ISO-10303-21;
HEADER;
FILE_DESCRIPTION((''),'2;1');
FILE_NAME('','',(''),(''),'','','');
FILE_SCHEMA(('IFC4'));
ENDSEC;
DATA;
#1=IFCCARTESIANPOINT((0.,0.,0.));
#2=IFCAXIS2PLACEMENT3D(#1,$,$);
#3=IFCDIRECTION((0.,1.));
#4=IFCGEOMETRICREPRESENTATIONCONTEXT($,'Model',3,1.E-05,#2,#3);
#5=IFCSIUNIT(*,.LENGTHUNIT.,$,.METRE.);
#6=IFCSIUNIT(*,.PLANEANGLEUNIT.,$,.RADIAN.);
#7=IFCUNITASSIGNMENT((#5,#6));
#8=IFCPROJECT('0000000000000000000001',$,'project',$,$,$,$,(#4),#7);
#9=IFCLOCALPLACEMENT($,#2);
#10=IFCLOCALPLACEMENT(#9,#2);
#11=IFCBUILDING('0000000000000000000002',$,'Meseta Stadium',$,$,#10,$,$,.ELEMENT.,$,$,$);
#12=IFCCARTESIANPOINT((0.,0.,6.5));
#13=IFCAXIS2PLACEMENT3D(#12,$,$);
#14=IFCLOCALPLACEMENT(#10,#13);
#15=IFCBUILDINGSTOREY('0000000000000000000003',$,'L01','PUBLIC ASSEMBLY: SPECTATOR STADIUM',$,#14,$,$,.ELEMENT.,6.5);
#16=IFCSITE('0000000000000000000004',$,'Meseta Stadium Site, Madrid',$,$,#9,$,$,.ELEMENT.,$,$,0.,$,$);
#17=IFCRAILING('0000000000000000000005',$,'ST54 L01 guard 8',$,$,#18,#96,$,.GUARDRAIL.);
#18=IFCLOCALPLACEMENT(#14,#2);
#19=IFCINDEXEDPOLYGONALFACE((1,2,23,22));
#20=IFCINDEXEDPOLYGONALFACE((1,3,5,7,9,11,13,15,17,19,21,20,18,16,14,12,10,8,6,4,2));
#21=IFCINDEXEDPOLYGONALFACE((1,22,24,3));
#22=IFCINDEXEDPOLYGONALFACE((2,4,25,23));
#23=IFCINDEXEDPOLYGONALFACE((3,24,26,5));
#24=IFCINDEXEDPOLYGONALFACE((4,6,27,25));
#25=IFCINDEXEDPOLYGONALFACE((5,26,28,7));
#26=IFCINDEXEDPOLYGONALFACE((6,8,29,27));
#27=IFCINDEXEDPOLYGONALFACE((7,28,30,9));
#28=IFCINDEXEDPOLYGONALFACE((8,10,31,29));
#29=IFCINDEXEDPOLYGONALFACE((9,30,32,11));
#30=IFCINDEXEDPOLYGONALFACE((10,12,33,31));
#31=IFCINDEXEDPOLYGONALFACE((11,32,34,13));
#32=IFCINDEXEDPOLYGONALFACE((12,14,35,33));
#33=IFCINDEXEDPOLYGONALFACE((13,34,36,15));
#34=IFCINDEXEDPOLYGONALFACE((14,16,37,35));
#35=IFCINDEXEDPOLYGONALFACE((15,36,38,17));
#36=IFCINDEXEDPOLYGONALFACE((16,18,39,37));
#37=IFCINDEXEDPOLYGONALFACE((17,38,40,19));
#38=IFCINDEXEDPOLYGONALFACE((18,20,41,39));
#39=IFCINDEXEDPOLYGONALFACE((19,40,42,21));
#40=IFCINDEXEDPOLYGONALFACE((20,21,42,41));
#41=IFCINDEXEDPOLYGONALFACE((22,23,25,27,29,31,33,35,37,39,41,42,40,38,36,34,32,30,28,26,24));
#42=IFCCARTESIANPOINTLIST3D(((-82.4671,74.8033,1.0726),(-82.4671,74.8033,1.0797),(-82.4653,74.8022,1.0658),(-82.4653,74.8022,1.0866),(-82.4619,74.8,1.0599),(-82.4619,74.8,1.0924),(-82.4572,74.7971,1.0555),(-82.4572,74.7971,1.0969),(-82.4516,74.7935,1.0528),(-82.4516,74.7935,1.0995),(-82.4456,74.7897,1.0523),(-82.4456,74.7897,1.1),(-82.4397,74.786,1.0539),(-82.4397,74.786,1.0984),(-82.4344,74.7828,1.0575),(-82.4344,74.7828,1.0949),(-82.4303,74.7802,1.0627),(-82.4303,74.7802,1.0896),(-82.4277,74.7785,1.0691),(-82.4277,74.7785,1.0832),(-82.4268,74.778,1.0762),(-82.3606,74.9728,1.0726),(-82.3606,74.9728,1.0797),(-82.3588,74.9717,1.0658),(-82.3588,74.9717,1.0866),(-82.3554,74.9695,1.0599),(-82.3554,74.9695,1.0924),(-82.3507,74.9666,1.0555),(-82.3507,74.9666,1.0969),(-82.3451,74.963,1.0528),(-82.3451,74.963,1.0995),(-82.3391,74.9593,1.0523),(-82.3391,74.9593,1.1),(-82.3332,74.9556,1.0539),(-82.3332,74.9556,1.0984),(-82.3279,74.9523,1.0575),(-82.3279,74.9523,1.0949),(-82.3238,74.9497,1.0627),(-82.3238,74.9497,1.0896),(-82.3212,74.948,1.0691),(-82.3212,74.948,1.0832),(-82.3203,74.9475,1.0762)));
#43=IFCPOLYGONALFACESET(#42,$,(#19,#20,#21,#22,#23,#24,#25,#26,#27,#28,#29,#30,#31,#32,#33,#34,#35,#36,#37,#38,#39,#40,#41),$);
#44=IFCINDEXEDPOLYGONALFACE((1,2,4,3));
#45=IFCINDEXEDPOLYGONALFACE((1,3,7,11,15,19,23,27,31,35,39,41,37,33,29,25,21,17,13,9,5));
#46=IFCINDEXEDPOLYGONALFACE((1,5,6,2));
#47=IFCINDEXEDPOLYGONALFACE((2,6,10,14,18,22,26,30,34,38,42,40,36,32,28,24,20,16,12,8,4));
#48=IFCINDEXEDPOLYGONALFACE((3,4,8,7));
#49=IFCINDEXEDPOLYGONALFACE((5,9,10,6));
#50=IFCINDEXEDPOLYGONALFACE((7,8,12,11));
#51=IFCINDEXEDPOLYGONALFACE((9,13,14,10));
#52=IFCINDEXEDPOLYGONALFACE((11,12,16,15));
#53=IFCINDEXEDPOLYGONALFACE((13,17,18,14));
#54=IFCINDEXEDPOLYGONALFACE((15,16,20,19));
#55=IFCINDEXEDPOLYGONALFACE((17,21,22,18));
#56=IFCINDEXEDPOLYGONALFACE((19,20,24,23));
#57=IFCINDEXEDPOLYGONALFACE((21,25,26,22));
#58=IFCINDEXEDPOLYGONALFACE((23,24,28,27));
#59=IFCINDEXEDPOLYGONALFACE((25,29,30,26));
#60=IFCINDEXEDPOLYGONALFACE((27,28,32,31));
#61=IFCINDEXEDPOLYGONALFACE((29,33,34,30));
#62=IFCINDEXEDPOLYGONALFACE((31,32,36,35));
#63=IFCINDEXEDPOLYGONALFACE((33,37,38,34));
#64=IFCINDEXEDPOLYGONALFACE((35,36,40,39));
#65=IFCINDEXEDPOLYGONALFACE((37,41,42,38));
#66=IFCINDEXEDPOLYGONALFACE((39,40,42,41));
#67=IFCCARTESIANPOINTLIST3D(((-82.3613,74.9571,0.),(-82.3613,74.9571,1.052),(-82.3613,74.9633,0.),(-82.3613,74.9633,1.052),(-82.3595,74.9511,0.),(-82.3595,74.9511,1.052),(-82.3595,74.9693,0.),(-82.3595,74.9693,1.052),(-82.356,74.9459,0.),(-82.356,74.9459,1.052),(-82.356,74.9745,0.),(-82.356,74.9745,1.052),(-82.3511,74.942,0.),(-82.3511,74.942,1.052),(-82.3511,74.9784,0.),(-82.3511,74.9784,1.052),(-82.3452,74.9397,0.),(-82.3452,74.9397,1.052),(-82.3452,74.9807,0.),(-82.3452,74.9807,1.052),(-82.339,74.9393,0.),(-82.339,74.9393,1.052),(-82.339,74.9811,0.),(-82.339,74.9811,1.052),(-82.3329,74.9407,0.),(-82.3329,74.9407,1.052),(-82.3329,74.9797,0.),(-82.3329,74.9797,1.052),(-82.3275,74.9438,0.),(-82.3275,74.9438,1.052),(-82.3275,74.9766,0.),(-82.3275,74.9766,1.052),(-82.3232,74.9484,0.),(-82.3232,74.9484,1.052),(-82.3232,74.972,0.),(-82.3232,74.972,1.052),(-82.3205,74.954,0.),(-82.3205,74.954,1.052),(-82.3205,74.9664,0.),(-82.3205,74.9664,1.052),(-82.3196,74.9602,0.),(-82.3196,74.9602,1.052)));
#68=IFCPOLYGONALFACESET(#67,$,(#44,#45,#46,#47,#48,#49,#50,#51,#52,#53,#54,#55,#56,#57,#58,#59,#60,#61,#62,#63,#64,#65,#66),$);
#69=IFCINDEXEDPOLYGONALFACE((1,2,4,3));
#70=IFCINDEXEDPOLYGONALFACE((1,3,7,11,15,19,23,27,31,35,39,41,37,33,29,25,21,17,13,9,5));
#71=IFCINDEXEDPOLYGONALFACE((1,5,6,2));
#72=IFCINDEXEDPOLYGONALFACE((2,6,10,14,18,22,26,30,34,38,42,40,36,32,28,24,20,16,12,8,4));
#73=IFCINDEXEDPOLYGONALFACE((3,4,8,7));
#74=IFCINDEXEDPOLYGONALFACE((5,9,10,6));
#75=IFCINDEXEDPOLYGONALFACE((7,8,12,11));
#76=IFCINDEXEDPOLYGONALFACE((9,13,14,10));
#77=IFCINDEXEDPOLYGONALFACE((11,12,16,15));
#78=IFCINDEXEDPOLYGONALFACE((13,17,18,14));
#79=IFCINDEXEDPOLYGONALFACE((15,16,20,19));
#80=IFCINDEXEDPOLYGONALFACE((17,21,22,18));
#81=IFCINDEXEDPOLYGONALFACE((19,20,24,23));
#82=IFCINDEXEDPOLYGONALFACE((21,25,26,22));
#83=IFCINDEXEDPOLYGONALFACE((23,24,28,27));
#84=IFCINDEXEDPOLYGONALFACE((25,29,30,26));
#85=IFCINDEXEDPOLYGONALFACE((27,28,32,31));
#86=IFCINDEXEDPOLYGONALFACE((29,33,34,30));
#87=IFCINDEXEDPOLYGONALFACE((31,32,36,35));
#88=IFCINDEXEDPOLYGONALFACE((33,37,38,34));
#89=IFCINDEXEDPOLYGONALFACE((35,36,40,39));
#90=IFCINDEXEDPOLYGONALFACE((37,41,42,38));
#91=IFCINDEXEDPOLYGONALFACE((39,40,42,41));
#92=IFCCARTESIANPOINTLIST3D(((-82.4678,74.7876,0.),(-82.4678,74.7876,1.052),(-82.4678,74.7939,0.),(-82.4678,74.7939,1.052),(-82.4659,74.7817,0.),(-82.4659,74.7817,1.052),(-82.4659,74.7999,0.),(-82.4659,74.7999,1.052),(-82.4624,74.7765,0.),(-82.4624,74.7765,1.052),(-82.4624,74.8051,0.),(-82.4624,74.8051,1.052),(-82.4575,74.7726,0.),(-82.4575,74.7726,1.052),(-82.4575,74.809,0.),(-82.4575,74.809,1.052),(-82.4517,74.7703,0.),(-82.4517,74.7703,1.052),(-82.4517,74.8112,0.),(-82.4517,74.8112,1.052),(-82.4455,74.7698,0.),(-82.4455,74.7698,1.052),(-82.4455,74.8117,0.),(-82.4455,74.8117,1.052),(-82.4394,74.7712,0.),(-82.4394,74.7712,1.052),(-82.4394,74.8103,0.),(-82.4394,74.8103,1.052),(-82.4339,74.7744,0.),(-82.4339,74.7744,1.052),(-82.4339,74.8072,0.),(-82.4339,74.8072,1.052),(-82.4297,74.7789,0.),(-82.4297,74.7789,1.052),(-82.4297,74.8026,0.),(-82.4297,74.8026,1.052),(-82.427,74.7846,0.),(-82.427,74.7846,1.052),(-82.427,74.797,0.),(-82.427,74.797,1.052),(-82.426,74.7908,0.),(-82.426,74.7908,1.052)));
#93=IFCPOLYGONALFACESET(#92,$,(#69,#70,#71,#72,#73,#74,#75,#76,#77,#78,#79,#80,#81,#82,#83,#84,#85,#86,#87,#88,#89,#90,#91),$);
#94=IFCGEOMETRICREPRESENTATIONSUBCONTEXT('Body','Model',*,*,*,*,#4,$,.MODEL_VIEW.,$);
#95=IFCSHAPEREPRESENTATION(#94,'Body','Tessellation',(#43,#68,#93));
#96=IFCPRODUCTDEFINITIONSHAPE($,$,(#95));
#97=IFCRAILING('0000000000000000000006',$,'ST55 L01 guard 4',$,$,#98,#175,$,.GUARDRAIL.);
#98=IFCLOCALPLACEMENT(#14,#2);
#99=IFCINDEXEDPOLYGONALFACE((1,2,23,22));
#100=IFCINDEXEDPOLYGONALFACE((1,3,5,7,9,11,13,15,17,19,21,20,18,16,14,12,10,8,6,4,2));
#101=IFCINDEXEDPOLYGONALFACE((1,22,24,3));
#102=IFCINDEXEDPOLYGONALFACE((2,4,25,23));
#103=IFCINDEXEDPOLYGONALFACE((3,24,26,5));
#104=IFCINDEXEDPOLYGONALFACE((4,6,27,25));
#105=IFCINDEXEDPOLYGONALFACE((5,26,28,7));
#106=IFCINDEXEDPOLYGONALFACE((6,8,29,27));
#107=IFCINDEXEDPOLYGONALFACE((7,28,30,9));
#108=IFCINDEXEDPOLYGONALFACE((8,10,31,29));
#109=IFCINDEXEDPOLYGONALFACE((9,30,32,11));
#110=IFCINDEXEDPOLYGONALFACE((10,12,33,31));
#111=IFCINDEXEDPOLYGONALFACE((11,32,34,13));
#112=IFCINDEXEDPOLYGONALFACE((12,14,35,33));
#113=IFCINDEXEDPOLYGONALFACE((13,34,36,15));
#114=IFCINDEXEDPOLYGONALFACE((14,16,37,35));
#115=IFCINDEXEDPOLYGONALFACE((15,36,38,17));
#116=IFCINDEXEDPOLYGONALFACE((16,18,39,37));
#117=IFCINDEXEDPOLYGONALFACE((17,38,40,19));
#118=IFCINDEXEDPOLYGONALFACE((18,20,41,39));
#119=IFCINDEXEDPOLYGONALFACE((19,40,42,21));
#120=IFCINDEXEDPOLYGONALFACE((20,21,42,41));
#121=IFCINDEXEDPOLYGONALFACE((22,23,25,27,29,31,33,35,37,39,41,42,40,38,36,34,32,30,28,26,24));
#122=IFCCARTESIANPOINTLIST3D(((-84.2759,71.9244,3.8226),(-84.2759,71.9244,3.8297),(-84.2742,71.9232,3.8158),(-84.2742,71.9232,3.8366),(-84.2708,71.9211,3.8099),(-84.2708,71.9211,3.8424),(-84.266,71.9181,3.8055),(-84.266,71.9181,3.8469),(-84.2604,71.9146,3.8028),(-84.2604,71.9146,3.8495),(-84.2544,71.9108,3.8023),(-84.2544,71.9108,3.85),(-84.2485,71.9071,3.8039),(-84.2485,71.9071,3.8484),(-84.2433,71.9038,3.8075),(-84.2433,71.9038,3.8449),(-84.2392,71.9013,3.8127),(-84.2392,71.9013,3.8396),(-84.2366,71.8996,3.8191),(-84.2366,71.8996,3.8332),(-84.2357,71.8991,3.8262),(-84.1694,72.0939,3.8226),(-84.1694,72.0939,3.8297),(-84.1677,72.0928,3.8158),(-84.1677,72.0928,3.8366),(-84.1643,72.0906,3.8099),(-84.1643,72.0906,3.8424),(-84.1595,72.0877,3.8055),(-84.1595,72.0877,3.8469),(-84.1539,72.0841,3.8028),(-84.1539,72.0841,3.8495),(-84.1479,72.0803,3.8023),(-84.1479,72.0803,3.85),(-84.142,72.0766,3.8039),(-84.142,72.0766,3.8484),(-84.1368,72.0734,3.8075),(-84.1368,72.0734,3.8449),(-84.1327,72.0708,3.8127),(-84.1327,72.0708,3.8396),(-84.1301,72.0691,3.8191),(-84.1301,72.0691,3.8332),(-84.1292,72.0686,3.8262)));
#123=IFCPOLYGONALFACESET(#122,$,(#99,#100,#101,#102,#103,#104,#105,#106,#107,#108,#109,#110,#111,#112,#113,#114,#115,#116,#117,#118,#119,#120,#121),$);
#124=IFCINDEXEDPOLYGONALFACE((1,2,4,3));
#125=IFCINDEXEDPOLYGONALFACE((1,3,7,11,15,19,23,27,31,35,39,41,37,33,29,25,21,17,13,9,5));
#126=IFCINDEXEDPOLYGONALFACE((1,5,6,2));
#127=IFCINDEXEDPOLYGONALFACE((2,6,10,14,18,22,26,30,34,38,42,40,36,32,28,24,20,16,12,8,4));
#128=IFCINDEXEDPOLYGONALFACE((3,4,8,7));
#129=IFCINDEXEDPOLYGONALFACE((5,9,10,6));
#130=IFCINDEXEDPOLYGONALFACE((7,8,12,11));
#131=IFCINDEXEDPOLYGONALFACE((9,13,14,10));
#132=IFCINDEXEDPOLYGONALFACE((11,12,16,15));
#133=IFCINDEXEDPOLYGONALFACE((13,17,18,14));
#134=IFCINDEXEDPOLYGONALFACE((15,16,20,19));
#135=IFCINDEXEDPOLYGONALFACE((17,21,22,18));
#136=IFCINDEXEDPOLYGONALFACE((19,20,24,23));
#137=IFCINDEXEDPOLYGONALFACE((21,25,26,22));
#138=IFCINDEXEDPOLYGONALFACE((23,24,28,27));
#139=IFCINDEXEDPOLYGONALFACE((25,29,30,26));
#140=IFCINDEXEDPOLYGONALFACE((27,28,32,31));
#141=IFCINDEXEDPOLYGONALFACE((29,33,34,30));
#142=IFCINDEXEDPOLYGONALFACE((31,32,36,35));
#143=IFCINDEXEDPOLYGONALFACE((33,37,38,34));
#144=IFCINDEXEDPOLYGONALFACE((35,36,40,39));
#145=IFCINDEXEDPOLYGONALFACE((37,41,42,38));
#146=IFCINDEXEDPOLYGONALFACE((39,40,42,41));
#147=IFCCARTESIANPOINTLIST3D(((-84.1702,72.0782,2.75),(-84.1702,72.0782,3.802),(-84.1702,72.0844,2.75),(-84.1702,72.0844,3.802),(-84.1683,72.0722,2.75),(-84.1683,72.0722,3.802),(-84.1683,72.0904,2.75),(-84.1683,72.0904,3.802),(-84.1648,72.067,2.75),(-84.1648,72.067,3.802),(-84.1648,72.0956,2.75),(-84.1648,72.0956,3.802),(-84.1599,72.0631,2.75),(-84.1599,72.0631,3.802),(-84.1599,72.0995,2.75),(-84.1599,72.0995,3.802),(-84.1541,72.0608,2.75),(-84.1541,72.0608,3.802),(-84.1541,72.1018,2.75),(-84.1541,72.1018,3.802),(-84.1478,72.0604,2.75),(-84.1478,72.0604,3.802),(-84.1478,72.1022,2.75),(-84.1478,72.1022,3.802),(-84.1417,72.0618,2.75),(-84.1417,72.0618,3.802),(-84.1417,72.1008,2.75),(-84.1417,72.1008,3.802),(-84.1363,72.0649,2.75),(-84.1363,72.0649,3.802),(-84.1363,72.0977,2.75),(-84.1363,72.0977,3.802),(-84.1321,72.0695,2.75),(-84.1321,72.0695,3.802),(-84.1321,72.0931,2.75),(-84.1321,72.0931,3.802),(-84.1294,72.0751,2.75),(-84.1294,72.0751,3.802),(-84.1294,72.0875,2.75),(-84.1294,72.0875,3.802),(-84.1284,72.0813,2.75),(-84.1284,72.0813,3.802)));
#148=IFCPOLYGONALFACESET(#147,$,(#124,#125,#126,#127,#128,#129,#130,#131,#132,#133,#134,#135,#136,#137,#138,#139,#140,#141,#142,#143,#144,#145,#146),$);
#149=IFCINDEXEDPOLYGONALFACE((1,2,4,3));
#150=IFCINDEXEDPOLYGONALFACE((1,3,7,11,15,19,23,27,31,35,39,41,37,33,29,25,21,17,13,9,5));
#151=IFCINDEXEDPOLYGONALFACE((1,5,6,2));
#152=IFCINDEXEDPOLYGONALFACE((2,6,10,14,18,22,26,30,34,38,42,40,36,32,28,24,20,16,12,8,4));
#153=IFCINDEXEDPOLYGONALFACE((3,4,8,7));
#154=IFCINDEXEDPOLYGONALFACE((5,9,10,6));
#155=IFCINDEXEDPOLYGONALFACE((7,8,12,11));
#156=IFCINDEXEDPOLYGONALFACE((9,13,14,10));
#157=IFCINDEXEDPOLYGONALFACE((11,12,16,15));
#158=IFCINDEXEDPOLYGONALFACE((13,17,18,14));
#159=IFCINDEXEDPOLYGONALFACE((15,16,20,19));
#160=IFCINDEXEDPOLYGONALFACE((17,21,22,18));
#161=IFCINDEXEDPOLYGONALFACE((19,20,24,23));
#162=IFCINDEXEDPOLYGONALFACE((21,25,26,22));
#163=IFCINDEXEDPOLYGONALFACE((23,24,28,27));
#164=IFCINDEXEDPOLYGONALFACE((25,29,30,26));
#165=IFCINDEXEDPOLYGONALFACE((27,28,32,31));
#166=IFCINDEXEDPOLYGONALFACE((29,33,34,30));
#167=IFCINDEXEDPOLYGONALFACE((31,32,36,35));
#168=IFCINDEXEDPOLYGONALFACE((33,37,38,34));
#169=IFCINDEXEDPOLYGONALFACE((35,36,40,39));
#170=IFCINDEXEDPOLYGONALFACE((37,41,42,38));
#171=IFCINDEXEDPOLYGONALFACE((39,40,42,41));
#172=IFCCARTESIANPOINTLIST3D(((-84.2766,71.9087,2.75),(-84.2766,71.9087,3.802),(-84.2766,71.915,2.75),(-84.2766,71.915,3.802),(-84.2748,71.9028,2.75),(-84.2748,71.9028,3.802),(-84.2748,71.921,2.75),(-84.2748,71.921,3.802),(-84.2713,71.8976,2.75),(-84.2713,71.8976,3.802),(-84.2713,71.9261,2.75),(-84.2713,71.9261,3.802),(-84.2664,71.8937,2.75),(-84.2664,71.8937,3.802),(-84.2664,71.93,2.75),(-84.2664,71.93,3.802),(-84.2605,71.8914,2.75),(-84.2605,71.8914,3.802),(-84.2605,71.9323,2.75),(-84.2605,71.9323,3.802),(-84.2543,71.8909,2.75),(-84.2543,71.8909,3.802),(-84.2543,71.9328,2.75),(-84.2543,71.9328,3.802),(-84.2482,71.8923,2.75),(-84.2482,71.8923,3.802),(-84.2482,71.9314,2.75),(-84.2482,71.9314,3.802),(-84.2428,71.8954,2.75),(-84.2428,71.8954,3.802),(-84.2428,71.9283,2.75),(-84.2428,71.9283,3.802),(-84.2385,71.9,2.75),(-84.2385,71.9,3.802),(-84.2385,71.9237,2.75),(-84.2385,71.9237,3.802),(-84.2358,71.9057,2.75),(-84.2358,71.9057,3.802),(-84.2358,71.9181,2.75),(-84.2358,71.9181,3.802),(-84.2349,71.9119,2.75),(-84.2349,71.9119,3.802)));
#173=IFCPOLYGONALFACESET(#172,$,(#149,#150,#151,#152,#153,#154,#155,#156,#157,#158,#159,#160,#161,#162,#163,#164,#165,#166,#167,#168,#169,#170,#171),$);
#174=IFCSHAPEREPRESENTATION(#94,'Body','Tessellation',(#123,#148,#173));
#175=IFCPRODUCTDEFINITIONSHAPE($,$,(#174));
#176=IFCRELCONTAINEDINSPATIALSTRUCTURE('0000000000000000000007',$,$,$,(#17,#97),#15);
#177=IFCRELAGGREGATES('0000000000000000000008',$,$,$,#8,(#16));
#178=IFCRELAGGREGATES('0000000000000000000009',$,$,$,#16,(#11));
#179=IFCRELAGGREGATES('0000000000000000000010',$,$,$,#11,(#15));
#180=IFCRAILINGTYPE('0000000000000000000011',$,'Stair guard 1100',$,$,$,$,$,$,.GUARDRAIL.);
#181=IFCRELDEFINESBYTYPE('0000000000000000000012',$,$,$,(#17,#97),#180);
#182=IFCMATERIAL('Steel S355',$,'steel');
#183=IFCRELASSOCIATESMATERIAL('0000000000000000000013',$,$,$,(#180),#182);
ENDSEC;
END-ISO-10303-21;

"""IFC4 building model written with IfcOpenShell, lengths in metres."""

from ifc_helpers import new_model, si_unit, direction, frame, origin, origin_2d, place, context, subcontext, project, spatial, circle, extrude, material, type_object, element, save


model = new_model("IFC4")

# Units and contexts
model_context = context("Model", 3, precision=1e-05, world=origin(), true_north=direction((0.0, 1.0)))
body_context = subcontext(model_context, "Body", "Model", "MODEL_VIEW")
ifc_project = project(units=[si_unit("LENGTHUNIT", "METRE"), si_unit("PLANEANGLEUNIT", "RADIAN")], contexts=[model_context])

# Site, building, storey
site_placement = place(None, origin())
site = spatial("IfcSite", under=ifc_project, at=site_placement, Name="Meseta Stadium Site, Madrid", CompositionType="ELEMENT", RefElevation=0.0)
building_placement = place(site_placement, origin())
building = spatial("IfcBuilding", under=site, at=building_placement, Name="Meseta Stadium", CompositionType="ELEMENT")
storey_placement = place(building_placement, frame((0.0, 0.0, 6.5)))
storey = spatial("IfcBuildingStorey", under=building, at=storey_placement, Name="L01", Description="PUBLIC ASSEMBLY: SPECTATOR STADIUM", CompositionType="ELEMENT", Elevation=6.5)

# Railings
ifc_material_1 = material(Name="Steel S355", Category="steel")
railing_type_1 = type_object("IfcRailingType", Name="Stair guard 1100", PredefinedType="GUARDRAIL", material=ifc_material_1)
for number, where, name in (
    (1, (-82.3406, 74.9602, 0.0), "ST54 L01 guard 8"),
    (2, (-84.1494, 72.0813, 2.75), "ST55 L01 guard 4"),
):
    element("IfcRailing", number, at=place(storey_placement, frame(where)), inside=storey, type_object=railing_type_1, Name=name, PredefinedType="GUARDRAIL", context=body_context, shape_type="SweptSolid", body=[
        extrude(circle(Radius=0.0239, at=origin_2d()), frame((0.0, 0.0, 1.0762), z_axis=(-0.531972, -0.846762, 0.0), x_axis=(0.846762, -0.531972, 0.0)), (0.0, 0.0, 1.0), 0.2002),
        extrude(circle(Radius=0.021, at=origin_2d()), origin(), (0.0, 0.0, 1.0), 1.052),
        extrude(circle(Radius=0.021, at=origin_2d()), frame((-0.1064, -0.1694, 0.0)), (0.0, 0.0, 1.0), 1.052),
    ])

save(model, "model.ifc")
